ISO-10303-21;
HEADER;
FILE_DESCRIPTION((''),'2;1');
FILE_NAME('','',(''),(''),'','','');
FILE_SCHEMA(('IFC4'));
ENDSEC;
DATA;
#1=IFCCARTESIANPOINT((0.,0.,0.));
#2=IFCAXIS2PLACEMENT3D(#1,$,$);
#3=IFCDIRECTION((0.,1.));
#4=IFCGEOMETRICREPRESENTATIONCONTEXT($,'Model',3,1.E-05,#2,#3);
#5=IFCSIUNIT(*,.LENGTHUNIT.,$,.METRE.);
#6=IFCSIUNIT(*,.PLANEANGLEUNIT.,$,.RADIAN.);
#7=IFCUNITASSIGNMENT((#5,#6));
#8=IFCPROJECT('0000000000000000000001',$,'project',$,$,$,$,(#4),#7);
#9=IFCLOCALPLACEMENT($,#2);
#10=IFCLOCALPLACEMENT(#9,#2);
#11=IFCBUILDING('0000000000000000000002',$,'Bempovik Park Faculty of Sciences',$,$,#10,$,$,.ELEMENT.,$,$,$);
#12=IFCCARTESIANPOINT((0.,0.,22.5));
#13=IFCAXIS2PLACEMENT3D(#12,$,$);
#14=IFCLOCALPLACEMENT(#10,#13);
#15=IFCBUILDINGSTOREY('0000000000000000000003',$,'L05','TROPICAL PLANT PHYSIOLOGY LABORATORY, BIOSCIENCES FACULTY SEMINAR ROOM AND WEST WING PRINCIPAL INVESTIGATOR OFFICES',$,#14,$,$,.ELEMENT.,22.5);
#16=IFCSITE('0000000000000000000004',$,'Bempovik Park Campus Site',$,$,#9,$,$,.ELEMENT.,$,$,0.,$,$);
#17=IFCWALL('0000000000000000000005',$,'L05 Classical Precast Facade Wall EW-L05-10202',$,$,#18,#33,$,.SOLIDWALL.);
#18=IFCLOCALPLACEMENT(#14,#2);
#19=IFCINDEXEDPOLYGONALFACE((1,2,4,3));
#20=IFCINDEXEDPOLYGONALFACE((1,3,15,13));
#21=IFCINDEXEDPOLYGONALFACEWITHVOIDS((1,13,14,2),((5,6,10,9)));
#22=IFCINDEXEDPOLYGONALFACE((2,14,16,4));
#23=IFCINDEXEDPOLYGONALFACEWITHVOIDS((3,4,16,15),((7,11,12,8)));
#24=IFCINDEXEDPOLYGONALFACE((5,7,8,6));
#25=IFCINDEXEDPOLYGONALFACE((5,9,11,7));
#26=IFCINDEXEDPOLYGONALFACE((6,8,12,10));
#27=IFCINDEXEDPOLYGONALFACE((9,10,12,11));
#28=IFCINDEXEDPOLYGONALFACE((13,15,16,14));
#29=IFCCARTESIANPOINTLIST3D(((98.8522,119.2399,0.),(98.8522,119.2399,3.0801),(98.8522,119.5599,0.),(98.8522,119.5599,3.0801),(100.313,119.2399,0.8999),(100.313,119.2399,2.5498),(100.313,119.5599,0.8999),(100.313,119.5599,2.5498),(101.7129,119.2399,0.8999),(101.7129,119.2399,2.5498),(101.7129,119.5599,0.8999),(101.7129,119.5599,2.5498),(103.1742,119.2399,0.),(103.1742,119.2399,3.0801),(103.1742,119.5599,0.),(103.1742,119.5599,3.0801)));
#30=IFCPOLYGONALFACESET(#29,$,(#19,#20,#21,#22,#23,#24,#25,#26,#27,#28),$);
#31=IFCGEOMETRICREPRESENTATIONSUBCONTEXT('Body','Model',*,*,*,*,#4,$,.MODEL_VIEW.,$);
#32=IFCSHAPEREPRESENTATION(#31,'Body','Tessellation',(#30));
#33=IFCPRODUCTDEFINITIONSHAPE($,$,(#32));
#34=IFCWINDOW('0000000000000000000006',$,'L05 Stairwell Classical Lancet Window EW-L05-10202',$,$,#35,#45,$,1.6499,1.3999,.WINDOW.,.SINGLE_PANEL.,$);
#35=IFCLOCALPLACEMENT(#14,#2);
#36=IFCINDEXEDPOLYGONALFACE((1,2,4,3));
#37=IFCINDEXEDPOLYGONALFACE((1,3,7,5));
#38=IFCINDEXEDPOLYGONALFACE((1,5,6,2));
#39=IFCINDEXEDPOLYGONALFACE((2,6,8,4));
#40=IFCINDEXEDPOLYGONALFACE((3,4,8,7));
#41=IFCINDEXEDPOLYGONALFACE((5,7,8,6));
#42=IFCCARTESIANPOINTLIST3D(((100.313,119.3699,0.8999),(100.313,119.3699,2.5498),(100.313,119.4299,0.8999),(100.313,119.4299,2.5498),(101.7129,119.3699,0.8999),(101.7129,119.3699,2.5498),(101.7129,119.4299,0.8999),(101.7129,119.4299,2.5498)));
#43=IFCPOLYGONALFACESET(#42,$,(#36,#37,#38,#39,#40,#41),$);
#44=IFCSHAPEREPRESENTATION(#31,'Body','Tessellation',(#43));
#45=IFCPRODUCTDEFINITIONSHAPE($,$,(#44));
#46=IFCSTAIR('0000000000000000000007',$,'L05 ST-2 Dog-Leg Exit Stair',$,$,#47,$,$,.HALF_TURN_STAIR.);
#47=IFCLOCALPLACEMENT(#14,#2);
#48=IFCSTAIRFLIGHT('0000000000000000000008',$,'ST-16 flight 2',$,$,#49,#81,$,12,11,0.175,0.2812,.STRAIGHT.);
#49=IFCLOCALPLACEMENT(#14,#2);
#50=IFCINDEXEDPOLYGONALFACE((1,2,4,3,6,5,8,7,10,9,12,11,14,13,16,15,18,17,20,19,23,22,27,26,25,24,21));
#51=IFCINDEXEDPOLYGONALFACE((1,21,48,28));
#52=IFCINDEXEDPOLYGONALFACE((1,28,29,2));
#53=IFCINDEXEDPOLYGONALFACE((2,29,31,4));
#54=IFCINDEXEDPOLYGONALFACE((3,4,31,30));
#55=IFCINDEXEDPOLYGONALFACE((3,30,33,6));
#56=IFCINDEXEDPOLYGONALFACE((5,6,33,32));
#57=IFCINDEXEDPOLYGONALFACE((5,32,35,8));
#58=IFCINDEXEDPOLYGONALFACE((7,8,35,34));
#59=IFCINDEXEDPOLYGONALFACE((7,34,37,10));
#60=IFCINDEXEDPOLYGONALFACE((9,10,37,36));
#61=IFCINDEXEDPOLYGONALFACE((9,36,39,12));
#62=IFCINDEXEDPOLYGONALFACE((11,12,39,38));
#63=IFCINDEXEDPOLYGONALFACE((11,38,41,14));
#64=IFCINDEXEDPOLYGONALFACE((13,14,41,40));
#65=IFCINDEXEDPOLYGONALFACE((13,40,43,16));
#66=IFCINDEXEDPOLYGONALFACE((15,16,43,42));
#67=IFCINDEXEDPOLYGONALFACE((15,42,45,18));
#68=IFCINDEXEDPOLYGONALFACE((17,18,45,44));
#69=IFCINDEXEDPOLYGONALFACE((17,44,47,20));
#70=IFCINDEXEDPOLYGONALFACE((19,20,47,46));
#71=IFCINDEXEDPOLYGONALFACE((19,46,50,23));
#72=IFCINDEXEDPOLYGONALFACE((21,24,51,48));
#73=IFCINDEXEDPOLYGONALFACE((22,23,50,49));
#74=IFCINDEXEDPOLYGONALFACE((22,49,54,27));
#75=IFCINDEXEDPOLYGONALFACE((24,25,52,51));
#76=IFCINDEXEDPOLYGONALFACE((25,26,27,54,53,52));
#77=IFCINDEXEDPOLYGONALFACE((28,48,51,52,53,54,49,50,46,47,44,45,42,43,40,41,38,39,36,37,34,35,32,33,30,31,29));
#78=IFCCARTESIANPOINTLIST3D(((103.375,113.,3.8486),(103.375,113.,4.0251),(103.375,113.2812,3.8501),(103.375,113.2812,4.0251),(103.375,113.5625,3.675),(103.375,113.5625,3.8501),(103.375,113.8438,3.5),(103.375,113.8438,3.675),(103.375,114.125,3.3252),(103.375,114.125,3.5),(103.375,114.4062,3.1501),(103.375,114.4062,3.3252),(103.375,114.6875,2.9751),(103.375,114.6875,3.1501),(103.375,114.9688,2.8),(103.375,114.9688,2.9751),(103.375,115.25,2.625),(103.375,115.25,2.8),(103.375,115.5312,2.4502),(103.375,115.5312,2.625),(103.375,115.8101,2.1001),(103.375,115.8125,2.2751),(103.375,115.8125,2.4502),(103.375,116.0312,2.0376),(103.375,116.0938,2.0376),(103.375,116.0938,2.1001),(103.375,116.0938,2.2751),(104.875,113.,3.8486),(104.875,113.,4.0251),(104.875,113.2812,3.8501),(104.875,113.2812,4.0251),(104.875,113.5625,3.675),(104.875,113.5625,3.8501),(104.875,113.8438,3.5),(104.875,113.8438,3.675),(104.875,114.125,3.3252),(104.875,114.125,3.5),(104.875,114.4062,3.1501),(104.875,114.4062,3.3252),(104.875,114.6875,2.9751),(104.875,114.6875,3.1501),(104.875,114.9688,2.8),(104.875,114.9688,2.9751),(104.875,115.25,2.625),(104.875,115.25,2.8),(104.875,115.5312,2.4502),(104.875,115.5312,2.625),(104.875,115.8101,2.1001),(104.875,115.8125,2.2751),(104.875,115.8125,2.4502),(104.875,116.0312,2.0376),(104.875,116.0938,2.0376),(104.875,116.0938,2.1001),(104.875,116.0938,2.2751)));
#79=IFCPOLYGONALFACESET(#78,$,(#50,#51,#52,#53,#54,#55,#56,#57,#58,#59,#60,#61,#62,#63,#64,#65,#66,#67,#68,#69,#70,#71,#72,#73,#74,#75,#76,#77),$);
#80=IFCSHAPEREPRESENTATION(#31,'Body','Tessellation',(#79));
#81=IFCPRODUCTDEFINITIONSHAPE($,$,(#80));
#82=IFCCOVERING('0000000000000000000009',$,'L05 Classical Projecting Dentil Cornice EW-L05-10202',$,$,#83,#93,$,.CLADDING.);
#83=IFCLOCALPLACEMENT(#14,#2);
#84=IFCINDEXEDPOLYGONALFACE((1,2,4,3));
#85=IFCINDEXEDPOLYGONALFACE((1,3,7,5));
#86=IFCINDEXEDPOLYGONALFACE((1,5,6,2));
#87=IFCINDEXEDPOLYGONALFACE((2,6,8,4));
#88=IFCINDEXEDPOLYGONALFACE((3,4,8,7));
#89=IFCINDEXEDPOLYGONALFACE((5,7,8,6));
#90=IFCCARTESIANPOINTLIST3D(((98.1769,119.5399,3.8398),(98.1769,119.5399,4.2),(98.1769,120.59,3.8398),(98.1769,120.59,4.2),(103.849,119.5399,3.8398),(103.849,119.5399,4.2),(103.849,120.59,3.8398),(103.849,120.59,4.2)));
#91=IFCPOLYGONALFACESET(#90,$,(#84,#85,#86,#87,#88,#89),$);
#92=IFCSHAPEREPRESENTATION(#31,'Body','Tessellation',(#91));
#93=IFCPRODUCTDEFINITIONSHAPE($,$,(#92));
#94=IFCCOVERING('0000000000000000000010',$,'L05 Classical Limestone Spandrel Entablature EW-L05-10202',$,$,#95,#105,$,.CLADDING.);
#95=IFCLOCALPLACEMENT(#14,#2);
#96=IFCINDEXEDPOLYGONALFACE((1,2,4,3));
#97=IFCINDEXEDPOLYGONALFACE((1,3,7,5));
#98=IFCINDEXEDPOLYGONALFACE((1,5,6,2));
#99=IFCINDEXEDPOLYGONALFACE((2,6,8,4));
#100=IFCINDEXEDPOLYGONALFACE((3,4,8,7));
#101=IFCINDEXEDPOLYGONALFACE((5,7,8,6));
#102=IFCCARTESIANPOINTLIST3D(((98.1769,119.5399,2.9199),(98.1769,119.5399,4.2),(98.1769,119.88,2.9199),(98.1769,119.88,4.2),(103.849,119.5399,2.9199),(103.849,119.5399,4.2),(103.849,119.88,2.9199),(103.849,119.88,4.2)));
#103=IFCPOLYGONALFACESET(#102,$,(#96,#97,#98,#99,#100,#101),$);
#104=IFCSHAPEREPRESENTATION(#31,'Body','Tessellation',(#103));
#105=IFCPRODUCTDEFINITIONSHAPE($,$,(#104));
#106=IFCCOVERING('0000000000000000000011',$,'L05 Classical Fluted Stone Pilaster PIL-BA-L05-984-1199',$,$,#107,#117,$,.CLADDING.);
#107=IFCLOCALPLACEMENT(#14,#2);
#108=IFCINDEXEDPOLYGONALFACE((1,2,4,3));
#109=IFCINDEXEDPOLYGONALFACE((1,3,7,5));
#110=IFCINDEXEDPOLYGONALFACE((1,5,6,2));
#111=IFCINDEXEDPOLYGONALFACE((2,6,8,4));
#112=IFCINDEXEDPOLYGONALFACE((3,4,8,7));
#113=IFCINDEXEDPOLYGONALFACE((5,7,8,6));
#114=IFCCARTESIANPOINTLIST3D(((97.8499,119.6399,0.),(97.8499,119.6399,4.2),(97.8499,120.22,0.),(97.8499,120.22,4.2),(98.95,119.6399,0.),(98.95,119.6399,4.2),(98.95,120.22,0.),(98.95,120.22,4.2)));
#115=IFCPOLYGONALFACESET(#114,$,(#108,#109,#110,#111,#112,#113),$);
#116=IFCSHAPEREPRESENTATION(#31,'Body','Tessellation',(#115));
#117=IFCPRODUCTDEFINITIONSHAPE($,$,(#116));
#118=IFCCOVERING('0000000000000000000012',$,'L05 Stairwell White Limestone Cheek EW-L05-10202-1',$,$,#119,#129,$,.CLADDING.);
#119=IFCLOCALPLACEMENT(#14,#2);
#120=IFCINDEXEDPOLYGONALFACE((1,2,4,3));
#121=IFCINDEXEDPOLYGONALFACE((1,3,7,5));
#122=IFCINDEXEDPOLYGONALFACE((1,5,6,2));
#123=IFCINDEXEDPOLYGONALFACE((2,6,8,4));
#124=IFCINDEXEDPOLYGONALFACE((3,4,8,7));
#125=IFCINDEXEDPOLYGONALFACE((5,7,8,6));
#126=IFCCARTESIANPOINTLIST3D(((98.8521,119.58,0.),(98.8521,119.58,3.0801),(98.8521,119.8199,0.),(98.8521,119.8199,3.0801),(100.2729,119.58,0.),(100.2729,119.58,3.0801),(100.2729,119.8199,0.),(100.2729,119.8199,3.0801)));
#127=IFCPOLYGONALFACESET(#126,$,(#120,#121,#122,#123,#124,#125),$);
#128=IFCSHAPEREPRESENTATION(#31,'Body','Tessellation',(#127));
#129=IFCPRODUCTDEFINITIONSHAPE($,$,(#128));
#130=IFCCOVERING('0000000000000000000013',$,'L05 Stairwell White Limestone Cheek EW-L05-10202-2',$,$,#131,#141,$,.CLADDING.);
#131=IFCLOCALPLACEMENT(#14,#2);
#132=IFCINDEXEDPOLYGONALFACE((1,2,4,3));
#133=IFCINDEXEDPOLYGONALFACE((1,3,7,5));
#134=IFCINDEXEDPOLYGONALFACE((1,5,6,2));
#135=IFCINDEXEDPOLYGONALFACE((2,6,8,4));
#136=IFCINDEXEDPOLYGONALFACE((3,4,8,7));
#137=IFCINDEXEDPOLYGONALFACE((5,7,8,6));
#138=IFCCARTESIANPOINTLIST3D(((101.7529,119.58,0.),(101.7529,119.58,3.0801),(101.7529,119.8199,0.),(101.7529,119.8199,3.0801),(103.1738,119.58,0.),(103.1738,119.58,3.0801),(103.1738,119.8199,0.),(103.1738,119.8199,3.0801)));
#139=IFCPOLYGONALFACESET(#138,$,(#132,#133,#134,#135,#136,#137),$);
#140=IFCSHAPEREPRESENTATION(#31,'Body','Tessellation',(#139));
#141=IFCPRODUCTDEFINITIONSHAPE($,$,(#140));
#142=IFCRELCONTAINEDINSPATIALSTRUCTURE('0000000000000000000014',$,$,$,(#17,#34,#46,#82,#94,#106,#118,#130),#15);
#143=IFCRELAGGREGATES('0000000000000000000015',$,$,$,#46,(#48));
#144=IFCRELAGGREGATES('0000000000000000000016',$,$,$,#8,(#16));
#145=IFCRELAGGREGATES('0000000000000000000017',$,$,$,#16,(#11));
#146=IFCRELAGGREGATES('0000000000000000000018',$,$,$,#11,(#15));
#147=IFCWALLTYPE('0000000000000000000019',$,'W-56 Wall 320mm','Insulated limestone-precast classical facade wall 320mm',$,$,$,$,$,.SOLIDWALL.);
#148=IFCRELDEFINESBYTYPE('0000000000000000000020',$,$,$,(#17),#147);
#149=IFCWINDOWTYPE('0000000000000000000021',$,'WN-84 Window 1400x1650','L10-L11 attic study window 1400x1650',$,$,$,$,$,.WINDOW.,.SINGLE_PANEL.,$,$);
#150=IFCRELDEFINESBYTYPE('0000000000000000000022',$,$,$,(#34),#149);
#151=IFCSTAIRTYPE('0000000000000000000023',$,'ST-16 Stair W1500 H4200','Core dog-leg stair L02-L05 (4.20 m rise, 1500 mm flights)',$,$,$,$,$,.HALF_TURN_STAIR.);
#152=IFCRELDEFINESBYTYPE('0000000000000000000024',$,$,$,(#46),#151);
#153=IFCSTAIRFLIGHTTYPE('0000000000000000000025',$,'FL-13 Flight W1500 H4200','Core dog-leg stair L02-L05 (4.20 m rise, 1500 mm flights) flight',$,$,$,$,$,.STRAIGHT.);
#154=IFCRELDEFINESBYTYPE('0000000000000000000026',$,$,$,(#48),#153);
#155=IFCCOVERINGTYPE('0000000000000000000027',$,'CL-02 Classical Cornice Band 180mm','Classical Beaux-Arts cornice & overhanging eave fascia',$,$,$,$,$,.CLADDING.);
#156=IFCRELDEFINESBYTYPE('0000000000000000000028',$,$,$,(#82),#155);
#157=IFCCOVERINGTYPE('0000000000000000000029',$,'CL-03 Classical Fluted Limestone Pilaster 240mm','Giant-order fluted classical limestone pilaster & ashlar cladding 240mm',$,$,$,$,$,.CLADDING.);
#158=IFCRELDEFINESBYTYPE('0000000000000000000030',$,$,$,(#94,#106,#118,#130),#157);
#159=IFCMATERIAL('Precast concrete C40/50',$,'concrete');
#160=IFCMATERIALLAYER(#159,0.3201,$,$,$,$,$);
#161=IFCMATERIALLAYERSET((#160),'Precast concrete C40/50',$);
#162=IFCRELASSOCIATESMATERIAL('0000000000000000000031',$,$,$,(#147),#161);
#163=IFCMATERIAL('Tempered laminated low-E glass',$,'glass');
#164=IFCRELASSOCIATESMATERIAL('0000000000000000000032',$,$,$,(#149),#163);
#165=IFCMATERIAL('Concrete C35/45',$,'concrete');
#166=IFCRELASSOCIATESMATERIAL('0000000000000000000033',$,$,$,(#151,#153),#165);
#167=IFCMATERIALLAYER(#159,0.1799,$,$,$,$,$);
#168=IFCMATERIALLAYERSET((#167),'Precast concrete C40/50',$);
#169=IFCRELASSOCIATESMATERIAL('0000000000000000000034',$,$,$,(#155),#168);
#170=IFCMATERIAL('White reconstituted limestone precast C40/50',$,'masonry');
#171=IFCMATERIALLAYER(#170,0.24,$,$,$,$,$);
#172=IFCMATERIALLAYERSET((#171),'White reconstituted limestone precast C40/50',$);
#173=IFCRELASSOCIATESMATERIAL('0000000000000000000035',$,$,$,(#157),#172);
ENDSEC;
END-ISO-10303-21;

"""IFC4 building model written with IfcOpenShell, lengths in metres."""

from ifc_helpers import new_model, si_unit, direction, frame, frame_2d, origin, origin_2d, place, context, subcontext, project, spatial, polyline, rectangle, outline, extrude, material, layer, layer_set, type_object, element, fill, aggregate, save


model = new_model("IFC4")

# Units and contexts
model_context = context("Model", 3, precision=1e-05, world=origin(), true_north=direction((0.0, 1.0)))
body_context = subcontext(model_context, "Body", "Model", "MODEL_VIEW")
ifc_project = project(units=[si_unit("LENGTHUNIT", "METRE"), si_unit("PLANEANGLEUNIT", "RADIAN")], contexts=[model_context])

# Site, building, storey
site_placement = place(None, origin())
site = spatial("IfcSite", under=ifc_project, at=site_placement, Name="Bempovik Park Campus Site", CompositionType="ELEMENT", RefElevation=0.0)
building_placement = place(site_placement, origin())
building = spatial("IfcBuilding", under=site, at=building_placement, Name="Bempovik Park Faculty of Sciences", CompositionType="ELEMENT")
storey_placement = place(building_placement, frame((0.0, 0.0, 22.5)))
storey = spatial("IfcBuildingStorey", under=building, at=storey_placement, Name="L05", Description="TROPICAL PLANT PHYSIOLOGY LABORATORY, BIOSCIENCES FACULTY SEMINAR ROOM AND WEST WING PRINCIPAL INVESTIGATOR OFFICES", CompositionType="ELEMENT", Elevation=22.5)

# Shared definitions
ifc_material_1 = material(Name="Concrete C35/45", Category="concrete")

# Shared definitions
ifc_material_2 = material(Name="Tempered laminated low-E glass", Category="glass")

# Wall, opening, window
ifc_material_3 = material(Name="Precast concrete C40/50", Category="concrete")
ifc_layer_1 = layer(ifc_material_3, 0.3201)
ifc_layer_set_1 = layer_set([ifc_layer_1], Name="Precast concrete C40/50")
wall_type_1 = type_object("IfcWallType", Name="W-56 Wall 320mm", Description="Insulated limestone-precast classical facade wall 320mm", PredefinedType="SOLIDWALL", material=ifc_layer_set_1)
wall_1_placement = place(storey_placement, frame((98.8521, 119.3999, 0.0), z_axis=(0.0, 0.0, 1.0), x_axis=(1.0, 0.0, 0.0)))
wall_1 = element("IfcWall", 1, at=wall_1_placement, inside=storey, type_object=wall_type_1, Name="L05 Classical Precast Facade Wall EW-L05-10202", PredefinedType="SOLIDWALL", context=body_context, shape_type="SweptSolid", body=[
    extrude(rectangle(XDim=4.322, YDim=0.3201, at=frame_2d((2.1611, 0.0))), origin(), (0.0, 0.0, 1.0), 3.0801),
])
opening_1_placement = place(wall_1_placement, frame((1.4609, 0.0, 0.8999)))
opening_1 = element("IfcOpeningElement", 2, at=opening_1_placement, cuts=wall_1, PredefinedType="OPENING", context=body_context, shape_type="SweptSolid", body=[
    extrude(rectangle(XDim=1.3999, YDim=1.6499, at=frame_2d((0.7, 0.825))), frame((0.0, 0.1699, 0.0), z_axis=(0.0, -1.0, 0.0), x_axis=(1.0, 0.0, 0.0)), (0.0, 0.0, 1.0), 0.3401),
])
window_type = type_object("IfcWindowType", Name="WN-84 Window 1400x1650", Description="L10-L11 attic study window 1400x1650", PartitioningType="SINGLE_PANEL", PredefinedType="WINDOW", material=ifc_material_2)
window_placement = place(opening_1_placement, origin())
window = element("IfcWindow", 3, at=window_placement, inside=storey, type_object=window_type, Name="L05 Stairwell Classical Lancet Window EW-L05-10202", OverallHeight=1.6499, OverallWidth=1.3999, PartitioningType="SINGLE_PANEL", PredefinedType="WINDOW", context=body_context, shape_type="SweptSolid", body=[
    extrude(rectangle(XDim=1.3999, YDim=1.6499, at=frame_2d((0.7, 0.825))), frame((0.0, 0.03, 0.0), z_axis=(0.0, -1.0, 0.0), x_axis=(1.0, 0.0, 0.0)), (0.0, 0.0, 1.0), 0.0601),
])
fill(opening_1, window)

# Stair, stair flight
stair_type = type_object("IfcStairType", Name="ST-16 Stair W1500 H4200", Description="Core dog-leg stair L02-L05 (4.20 m rise, 1500 mm flights)", PredefinedType="HALF_TURN_STAIR", material=ifc_material_1)
stair_placement = place(storey_placement, origin())
stair = element("IfcStair", 4, at=stair_placement, inside=storey, type_object=stair_type, Name="L05 ST-2 Dog-Leg Exit Stair", PredefinedType="HALF_TURN_STAIR")
stair_flight_type = type_object("IfcStairFlightType", Name="FL-13 Flight W1500 H4200", Description="Core dog-leg stair L02-L05 (4.20 m rise, 1500 mm flights) flight", PredefinedType="STRAIGHT", material=ifc_material_1)
stair_flight_placement = place(storey_placement, frame((104.125, 116.0938, 2.1001), z_axis=(0.0, 0.0, 1.0), x_axis=(0.0, -1.0, 0.0)))
stair_flight = element("IfcStairFlight", 5, at=stair_flight_placement, type_object=stair_flight_type, Name="ST-16 flight 2", NumberOfRisers=12, NumberOfTreads=11, PredefinedType="STRAIGHT", RiserHeight=0.175, TreadLength=0.2812, context=body_context, shape_type="SweptSolid", body=[
    extrude(outline(polyline([(0.0, 0.0), (0.0, 0.175), (0.2812, 0.175), (0.2812, 0.3501), (0.5625, 0.3501), (0.5625, 0.5249), (0.8438, 0.5249), (0.8438, 0.7), (1.125, 0.7), (1.125, 0.875), (1.4062, 0.875), (1.4062, 1.05), (1.6875, 1.05), (1.6875, 1.2251), (1.9688, 1.2251), (1.9688, 1.3999), (2.25, 1.3999), (2.25, 1.575), (2.5312, 1.575), (2.5312, 1.75), (2.8125, 1.75), (2.8125, 1.925), (3.0938, 1.925), (3.0938, 2.1001), (3.0938, 1.7485), (0.2837, 0.0), (0.0625, -0.0625), (0.0, -0.0625), (0.0, 0.0)])), frame((0.0, 0.75, 0.0), z_axis=(0.0, -1.0, 0.0), x_axis=(1.0, 0.0, 0.0)), (0.0, 0.0, 1.0), 1.5),
])
aggregate(stair, [stair_flight])

# Coverings
ifc_layer_2 = layer(ifc_material_3, 0.1799)
ifc_layer_set_2 = layer_set([ifc_layer_2], Name="Precast concrete C40/50")
covering_type_1 = type_object("IfcCoveringType", Name="CL-02 Classical Cornice Band 180mm", Description="Classical Beaux-Arts cornice & overhanging eave fascia", PredefinedType="CLADDING", material=ifc_layer_set_2)
covering_1_placement = place(storey_placement, frame((101.0129, 120.0649, 3.8398), z_axis=(0.0, 0.0, 1.0), x_axis=(1.0, 0.0, 0.0)))
element("IfcCovering", 6, at=covering_1_placement, inside=storey, type_object=covering_type_1, Name="L05 Classical Projecting Dentil Cornice EW-L05-10202", PredefinedType="CLADDING", context=body_context, shape_type="SweptSolid", body=[
    extrude(rectangle(XDim=5.6721, YDim=1.05, at=origin_2d()), origin(), (0.0, 0.0, 1.0), 0.3601),
])
ifc_material_4 = material(Name="White reconstituted limestone precast C40/50", Category="masonry")
ifc_layer_3 = layer(ifc_material_4, 0.24)
ifc_layer_set_3 = layer_set([ifc_layer_3], Name="White reconstituted limestone precast C40/50")
covering_type_2 = type_object("IfcCoveringType", Name="CL-03 Classical Fluted Limestone Pilaster 240mm", Description="Giant-order fluted classical limestone pilaster & ashlar cladding 240mm", PredefinedType="CLADDING", material=ifc_layer_set_3)
covering_2_placement = place(storey_placement, frame((101.0129, 119.71, 2.9199), z_axis=(0.0, 0.0, 1.0), x_axis=(1.0, 0.0, 0.0)))
element("IfcCovering", 7, at=covering_2_placement, inside=storey, type_object=covering_type_2, Name="L05 Classical Limestone Spandrel Entablature EW-L05-10202", PredefinedType="CLADDING", context=body_context, shape_type="SweptSolid", body=[
    extrude(rectangle(XDim=5.6721, YDim=0.3401, at=origin_2d()), origin(), (0.0, 0.0, 1.0), 1.28),
])
covering_3_placement = place(storey_placement, frame((98.3999, 119.9299, 0.0), z_axis=(0.0, 0.0, 1.0), x_axis=(1.0, 0.0, 0.0)))
element("IfcCovering", 8, at=covering_3_placement, inside=storey, type_object=covering_type_2, Name="L05 Classical Fluted Stone Pilaster PIL-BA-L05-984-1199", PredefinedType="CLADDING", context=body_context, shape_type="SweptSolid", body=[
    extrude(rectangle(XDim=1.1001, YDim=0.5801, at=origin_2d()), origin(), (0.0, 0.0, 1.0), 4.2),
])
for number, where, z_axis, x_axis, name in (
    (9, (99.5625, 119.7, 0.0), (0.0, 0.0, 1.0), (1.0, 0.0, 0.0), "L05 Stairwell White Limestone Cheek EW-L05-10202-1"),
    (10, (102.4634, 119.7, 0.0), (0.0, 0.0, 1.0), (1.0, 0.0, 0.0), "L05 Stairwell White Limestone Cheek EW-L05-10202-2"),
):
    element("IfcCovering", number, at=place(storey_placement, frame(where, z_axis=z_axis, x_axis=x_axis)), inside=storey, type_object=covering_type_2, Name=name, PredefinedType="CLADDING", context=body_context, shape_type="SweptSolid", body=[
        extrude(rectangle(XDim=1.4209, YDim=0.24, at=origin_2d()), origin(), (0.0, 0.0, 1.0), 3.0801),
    ])

save(model, "model.ifc")
